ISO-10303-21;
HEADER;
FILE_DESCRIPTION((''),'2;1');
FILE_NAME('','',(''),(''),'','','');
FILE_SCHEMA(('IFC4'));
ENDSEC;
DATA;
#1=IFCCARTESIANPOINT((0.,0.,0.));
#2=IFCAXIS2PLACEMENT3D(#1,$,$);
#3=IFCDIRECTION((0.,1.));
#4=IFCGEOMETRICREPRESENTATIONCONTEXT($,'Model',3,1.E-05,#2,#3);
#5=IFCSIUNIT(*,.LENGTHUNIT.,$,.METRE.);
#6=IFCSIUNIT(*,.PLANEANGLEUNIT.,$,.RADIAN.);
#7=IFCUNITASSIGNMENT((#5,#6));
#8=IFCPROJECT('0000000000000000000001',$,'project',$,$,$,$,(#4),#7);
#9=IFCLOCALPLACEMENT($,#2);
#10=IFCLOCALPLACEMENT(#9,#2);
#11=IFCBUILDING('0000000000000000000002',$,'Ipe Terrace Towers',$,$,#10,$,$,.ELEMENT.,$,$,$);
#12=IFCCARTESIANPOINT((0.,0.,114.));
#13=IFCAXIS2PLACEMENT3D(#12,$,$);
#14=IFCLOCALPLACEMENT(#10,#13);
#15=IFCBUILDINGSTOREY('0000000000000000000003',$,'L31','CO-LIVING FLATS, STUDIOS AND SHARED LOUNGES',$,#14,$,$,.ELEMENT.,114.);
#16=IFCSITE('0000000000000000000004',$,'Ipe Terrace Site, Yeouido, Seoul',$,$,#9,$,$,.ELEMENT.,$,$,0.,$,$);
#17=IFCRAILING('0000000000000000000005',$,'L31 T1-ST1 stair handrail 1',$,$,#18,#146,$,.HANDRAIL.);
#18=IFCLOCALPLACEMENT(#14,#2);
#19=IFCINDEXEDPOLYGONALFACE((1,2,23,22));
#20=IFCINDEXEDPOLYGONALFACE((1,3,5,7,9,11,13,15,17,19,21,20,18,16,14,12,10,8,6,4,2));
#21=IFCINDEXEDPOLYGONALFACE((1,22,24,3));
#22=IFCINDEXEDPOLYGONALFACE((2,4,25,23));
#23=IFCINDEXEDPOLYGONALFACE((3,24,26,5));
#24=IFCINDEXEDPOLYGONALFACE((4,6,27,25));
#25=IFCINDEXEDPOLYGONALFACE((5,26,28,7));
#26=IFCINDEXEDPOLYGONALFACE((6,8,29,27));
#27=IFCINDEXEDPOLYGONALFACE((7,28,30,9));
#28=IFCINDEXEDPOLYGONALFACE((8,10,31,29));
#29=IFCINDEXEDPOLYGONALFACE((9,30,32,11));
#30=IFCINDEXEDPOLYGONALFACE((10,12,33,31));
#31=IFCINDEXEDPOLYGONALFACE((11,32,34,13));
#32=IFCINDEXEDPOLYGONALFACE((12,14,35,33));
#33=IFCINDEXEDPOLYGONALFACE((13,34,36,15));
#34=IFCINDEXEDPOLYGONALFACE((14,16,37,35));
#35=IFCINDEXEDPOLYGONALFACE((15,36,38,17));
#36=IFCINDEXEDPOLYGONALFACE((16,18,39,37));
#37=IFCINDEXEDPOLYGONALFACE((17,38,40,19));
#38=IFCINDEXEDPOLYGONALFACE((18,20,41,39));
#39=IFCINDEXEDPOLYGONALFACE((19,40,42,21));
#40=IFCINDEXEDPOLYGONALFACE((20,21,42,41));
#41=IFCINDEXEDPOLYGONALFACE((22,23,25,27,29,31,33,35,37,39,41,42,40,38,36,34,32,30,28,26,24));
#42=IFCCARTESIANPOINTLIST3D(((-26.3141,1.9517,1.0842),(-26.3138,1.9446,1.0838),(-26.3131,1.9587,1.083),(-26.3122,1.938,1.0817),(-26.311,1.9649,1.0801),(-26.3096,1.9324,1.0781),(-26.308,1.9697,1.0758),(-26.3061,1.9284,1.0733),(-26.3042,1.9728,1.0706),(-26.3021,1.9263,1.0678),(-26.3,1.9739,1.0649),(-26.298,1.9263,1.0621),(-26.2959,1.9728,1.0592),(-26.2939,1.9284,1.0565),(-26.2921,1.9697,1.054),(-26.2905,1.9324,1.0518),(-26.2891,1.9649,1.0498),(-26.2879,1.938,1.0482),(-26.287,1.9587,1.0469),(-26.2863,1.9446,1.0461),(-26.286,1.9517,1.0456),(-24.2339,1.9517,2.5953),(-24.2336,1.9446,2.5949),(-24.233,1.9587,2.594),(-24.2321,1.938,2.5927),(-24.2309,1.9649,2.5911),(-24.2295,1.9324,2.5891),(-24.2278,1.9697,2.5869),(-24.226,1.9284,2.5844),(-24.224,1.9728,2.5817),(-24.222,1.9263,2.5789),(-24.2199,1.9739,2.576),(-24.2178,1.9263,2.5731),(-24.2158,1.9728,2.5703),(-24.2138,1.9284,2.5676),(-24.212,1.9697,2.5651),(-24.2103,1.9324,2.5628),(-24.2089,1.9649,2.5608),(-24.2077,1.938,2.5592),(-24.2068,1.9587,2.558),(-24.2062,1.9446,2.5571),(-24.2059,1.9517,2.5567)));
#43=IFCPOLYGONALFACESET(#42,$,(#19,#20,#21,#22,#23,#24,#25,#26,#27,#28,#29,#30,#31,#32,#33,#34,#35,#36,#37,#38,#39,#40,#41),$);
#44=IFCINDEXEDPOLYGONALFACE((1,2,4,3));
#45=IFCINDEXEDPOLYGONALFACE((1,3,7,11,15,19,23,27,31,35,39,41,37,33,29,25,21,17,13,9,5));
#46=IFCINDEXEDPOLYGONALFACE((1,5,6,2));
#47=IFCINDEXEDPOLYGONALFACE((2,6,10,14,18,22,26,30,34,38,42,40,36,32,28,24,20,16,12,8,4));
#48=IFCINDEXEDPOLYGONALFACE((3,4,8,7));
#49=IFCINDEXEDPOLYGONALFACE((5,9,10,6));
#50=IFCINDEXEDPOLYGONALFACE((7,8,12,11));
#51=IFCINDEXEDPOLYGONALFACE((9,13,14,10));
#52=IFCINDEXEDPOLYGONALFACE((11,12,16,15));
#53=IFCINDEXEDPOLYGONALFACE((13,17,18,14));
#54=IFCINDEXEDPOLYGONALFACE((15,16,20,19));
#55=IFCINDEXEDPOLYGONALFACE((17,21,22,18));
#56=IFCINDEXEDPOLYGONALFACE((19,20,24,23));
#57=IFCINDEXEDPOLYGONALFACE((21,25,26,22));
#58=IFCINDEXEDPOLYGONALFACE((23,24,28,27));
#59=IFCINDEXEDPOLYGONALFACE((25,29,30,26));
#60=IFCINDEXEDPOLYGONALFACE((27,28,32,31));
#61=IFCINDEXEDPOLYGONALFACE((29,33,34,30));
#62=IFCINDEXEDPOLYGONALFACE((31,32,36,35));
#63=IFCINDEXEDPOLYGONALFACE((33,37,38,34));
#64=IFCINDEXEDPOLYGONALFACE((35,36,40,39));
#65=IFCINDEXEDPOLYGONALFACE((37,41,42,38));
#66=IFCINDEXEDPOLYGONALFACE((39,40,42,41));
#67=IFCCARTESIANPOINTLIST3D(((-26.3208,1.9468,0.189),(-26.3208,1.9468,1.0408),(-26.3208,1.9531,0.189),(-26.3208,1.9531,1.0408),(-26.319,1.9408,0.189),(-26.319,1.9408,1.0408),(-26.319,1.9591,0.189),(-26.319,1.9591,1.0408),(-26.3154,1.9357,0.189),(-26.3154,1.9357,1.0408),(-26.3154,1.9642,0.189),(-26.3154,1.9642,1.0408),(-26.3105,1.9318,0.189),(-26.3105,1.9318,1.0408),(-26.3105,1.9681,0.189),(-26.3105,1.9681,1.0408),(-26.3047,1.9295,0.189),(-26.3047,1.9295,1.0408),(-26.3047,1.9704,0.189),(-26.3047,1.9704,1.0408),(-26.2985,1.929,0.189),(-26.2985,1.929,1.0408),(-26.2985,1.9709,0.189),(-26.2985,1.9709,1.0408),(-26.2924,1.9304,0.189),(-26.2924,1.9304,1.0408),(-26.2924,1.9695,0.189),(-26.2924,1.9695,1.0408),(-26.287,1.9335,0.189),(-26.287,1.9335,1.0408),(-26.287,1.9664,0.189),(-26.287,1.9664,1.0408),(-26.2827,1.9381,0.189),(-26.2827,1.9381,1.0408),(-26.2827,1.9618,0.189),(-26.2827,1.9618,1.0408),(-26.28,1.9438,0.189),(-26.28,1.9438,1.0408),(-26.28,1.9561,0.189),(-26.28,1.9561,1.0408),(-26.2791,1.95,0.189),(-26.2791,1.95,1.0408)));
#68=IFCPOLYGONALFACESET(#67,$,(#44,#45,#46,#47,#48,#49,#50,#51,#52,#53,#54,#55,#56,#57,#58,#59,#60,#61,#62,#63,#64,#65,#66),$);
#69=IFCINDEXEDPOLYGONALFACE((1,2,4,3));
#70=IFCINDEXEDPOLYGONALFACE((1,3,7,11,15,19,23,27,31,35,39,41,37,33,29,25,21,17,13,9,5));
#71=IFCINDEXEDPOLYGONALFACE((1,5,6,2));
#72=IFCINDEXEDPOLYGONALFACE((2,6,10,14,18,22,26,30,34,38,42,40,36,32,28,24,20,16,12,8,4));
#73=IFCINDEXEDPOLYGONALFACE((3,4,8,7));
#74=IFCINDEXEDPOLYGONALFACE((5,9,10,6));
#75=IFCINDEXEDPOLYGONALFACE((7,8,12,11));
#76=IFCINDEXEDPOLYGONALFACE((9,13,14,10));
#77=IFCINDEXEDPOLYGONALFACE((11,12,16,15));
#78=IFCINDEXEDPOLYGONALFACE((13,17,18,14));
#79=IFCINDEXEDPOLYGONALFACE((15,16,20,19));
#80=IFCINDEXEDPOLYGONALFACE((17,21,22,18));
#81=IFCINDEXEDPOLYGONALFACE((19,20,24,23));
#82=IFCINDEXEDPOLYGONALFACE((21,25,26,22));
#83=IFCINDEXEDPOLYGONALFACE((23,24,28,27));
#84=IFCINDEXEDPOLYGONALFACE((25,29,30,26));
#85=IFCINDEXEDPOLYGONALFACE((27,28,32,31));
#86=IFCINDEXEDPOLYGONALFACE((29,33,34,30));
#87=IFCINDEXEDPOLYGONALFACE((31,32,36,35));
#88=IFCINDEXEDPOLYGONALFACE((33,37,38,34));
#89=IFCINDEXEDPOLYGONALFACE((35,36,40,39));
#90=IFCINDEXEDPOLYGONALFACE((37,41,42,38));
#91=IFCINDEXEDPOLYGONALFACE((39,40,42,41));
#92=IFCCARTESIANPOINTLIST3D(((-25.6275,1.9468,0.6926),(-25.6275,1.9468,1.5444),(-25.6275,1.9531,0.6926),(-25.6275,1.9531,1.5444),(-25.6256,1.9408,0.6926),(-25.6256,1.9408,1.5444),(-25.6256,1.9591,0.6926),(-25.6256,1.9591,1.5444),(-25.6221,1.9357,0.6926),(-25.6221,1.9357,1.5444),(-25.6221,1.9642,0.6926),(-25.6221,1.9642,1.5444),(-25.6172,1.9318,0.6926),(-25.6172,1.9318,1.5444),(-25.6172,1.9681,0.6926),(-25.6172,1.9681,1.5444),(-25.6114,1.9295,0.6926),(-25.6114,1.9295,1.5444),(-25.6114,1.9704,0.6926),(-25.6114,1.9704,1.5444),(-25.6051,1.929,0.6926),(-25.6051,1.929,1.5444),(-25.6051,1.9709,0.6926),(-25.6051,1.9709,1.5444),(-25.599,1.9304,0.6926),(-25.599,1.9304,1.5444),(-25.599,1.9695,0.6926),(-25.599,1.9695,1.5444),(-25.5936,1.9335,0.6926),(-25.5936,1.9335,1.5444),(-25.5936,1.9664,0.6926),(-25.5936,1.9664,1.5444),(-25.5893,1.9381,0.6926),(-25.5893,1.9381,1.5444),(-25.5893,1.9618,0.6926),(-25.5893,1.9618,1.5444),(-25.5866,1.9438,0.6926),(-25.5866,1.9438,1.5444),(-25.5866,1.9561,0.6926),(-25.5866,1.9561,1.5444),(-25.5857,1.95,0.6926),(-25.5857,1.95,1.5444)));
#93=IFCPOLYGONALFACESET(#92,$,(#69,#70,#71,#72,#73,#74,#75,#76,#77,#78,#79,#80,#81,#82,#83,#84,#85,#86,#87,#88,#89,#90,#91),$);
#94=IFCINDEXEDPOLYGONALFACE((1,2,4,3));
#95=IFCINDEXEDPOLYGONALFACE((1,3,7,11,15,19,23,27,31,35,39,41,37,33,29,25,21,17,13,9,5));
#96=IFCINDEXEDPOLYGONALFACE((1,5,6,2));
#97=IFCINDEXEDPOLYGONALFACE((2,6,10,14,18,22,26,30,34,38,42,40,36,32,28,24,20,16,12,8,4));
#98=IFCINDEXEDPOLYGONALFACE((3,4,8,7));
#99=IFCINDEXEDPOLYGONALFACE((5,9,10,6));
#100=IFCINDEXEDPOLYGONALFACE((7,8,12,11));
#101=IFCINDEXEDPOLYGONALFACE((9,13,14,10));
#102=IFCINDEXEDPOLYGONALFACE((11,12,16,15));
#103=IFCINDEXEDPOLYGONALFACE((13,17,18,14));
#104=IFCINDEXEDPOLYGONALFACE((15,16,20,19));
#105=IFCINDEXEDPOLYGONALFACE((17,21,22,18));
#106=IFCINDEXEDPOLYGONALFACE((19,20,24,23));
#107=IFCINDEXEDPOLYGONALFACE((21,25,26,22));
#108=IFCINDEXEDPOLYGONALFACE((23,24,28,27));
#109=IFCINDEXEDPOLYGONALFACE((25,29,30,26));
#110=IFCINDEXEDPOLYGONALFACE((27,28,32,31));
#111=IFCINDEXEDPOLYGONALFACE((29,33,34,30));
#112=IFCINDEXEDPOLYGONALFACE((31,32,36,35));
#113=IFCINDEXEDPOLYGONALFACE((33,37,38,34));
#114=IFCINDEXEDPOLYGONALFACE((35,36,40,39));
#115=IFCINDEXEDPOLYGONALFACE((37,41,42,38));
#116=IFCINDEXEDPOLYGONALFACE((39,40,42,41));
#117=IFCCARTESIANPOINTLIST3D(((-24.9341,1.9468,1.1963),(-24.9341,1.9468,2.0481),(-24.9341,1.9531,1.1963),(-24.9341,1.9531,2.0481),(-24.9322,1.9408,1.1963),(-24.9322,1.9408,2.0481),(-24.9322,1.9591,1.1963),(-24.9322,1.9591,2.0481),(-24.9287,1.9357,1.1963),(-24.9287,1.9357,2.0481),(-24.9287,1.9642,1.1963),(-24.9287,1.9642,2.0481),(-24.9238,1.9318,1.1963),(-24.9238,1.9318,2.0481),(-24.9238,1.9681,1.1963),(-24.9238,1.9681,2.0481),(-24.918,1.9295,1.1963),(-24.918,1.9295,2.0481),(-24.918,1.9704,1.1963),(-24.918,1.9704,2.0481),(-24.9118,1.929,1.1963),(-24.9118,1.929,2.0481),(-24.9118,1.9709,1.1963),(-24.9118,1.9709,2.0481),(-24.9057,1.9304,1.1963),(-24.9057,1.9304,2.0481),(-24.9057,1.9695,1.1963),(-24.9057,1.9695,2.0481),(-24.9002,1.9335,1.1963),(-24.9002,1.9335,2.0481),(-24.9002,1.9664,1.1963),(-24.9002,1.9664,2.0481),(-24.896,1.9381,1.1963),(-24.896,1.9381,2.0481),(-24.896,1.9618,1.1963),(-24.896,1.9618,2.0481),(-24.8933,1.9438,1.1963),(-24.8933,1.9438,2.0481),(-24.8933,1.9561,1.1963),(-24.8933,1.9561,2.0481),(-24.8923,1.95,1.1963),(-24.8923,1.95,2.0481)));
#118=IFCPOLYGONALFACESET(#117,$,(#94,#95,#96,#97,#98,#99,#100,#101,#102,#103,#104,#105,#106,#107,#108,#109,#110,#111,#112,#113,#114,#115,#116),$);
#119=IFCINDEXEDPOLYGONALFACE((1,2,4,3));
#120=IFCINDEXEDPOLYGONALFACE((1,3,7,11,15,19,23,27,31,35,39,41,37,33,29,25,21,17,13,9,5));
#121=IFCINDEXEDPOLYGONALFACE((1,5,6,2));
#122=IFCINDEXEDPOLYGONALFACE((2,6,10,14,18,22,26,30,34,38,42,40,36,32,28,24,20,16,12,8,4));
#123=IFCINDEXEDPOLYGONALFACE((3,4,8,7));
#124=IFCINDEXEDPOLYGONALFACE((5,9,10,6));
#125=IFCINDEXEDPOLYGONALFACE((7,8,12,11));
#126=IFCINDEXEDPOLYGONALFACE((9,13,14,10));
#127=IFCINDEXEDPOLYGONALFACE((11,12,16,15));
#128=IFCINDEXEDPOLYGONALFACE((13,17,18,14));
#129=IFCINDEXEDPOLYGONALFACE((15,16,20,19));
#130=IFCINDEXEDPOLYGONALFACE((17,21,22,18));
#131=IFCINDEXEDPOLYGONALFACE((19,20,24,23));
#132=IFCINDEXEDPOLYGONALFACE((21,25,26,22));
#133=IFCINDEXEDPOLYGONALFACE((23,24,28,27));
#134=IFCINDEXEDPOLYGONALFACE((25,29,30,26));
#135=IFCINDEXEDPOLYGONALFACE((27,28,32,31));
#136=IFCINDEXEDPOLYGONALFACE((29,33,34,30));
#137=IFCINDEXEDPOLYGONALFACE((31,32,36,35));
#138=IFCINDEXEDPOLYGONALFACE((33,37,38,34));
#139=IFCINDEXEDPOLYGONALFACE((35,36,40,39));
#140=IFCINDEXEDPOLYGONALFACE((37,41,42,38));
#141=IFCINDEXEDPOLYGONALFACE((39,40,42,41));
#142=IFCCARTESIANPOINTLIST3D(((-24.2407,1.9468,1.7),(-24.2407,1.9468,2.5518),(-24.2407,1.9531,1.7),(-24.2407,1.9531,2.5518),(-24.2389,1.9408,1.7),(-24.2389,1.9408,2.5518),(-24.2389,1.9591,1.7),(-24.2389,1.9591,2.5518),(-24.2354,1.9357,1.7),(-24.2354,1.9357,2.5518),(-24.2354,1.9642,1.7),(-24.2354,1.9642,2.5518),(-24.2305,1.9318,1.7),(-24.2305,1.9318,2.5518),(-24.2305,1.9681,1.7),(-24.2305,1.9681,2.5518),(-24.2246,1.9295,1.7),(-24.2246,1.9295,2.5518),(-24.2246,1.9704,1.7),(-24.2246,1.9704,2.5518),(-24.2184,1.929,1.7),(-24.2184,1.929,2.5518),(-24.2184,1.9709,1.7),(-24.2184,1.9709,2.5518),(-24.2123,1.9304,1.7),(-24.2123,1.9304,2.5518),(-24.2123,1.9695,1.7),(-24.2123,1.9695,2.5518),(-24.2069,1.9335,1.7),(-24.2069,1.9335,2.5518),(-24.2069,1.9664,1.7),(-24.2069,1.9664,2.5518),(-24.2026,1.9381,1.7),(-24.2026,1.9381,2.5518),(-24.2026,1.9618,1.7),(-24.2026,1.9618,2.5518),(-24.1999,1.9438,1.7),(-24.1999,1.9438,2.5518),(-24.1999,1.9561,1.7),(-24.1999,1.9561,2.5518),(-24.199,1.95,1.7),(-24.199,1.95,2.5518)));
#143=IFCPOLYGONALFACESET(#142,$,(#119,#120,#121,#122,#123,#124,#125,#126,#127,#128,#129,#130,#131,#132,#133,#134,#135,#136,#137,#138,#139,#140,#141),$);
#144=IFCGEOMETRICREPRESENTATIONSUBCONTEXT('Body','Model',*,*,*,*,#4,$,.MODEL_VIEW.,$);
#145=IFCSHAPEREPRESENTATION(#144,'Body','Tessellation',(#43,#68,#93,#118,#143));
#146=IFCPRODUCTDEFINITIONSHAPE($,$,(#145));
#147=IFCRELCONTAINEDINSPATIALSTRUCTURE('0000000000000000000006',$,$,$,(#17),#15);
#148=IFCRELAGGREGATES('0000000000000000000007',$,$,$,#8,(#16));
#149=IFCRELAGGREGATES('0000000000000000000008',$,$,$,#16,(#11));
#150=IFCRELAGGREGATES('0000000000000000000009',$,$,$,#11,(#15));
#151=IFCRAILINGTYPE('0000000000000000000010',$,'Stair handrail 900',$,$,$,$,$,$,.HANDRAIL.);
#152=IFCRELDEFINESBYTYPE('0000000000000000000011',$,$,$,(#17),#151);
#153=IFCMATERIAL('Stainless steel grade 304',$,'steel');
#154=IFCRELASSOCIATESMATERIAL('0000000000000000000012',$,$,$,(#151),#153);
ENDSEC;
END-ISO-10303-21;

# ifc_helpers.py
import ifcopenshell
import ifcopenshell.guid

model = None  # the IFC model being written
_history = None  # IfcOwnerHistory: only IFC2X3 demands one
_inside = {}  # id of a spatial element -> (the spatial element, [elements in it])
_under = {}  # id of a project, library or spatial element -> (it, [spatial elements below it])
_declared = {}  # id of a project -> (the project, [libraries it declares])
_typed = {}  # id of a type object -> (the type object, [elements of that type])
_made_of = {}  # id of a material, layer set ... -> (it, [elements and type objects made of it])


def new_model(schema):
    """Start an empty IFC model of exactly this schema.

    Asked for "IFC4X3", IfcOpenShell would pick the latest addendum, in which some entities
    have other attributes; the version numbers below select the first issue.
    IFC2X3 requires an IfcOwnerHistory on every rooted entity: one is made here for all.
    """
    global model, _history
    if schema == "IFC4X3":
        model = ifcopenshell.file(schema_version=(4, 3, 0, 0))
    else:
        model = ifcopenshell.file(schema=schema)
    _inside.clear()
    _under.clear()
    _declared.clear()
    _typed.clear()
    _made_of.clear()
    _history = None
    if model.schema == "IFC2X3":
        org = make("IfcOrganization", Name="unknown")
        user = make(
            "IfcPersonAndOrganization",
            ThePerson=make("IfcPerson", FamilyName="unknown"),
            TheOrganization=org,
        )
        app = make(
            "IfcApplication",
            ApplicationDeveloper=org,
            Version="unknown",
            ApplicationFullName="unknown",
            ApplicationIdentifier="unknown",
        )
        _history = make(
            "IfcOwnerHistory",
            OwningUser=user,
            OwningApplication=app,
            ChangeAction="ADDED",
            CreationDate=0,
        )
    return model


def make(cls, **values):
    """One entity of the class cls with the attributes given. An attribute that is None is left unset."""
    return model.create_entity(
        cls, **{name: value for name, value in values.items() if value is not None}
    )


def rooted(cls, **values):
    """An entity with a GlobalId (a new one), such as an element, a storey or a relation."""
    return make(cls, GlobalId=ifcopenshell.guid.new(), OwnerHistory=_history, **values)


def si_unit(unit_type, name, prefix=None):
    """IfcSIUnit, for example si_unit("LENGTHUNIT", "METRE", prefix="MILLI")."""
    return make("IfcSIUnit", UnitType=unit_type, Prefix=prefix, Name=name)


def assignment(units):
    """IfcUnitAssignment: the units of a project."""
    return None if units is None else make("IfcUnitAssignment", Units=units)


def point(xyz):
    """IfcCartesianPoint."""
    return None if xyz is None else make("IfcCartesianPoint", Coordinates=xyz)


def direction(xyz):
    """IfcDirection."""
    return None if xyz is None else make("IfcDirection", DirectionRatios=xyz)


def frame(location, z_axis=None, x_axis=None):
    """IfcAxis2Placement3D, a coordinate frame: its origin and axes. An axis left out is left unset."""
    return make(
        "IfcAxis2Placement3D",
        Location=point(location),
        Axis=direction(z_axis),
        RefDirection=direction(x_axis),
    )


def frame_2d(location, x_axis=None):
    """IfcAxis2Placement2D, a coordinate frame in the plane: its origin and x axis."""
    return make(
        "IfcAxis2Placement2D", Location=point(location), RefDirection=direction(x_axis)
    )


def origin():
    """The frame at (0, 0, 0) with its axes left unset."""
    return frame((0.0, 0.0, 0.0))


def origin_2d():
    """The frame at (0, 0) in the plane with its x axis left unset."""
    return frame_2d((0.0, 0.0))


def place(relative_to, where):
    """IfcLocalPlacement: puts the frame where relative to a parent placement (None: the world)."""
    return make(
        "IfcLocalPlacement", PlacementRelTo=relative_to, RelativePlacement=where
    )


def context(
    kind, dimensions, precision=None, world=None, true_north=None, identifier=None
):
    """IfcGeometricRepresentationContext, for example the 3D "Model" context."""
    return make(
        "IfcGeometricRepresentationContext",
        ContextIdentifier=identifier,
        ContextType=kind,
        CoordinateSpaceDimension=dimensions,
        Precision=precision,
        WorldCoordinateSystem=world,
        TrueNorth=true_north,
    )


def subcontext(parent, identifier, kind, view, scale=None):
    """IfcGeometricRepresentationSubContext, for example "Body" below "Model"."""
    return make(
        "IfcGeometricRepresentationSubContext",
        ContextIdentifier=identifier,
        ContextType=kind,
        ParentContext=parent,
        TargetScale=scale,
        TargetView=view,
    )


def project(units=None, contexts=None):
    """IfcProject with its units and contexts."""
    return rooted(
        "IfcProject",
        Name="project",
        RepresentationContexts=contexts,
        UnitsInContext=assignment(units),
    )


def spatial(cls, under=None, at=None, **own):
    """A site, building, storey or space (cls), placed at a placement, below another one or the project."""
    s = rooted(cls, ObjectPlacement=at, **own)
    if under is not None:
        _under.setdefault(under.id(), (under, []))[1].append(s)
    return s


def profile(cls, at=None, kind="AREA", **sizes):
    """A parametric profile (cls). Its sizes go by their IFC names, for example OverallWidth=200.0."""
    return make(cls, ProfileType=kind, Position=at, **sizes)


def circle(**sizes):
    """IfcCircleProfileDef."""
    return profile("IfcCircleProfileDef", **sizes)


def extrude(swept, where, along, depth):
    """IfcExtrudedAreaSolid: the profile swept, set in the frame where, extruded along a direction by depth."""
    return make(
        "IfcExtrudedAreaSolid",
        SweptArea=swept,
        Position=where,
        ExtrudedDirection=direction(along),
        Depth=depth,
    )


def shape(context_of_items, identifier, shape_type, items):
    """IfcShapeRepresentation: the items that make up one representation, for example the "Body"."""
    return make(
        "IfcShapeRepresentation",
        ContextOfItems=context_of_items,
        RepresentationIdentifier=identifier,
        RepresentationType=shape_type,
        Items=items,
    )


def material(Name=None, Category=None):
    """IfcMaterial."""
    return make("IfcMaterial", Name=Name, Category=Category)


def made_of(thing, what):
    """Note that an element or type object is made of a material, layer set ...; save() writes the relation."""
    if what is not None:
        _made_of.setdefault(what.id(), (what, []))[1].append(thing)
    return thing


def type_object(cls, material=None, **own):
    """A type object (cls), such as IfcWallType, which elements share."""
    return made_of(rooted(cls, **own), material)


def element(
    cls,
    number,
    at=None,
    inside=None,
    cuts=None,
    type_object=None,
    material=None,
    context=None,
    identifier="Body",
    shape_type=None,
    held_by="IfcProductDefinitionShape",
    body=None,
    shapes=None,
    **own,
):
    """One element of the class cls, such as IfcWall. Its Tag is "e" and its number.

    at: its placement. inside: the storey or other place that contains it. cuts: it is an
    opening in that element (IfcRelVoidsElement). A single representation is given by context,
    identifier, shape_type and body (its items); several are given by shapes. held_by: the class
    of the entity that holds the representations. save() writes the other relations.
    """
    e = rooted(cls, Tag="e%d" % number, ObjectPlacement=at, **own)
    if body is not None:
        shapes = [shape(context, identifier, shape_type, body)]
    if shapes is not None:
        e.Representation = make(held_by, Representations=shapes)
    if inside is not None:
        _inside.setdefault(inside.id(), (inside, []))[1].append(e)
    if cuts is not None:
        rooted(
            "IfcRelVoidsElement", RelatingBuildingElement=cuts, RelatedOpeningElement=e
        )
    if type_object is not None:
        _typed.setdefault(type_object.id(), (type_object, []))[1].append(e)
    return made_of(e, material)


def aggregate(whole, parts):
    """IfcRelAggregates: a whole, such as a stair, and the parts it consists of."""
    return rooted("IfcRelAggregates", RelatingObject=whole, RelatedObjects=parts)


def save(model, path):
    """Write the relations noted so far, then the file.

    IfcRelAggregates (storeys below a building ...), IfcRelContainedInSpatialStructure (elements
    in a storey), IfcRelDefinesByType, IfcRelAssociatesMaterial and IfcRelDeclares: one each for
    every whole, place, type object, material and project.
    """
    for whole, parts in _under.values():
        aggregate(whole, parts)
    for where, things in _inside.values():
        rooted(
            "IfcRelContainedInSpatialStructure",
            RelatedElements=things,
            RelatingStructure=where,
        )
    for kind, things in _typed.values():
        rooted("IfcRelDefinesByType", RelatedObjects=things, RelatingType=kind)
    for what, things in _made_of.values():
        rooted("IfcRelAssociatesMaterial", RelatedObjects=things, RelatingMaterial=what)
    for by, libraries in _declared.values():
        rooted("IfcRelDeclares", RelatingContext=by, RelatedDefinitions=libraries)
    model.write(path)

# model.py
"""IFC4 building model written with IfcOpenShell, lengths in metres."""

from ifc_helpers import new_model, si_unit, direction, frame, origin, origin_2d, place, context, subcontext, project, spatial, circle, extrude, material, type_object, element, save


model = new_model("IFC4")

# Units and contexts
model_context = context("Model", 3, precision=1e-05, world=origin(), true_north=direction((0.0, 1.0)))
body_context = subcontext(model_context, "Body", "Model", "MODEL_VIEW")
ifc_project = project(units=[si_unit("LENGTHUNIT", "METRE"), si_unit("PLANEANGLEUNIT", "RADIAN")], contexts=[model_context])

# Site, building, storey
site_placement = place(None, origin())
site = spatial("IfcSite", under=ifc_project, at=site_placement, Name="Ipe Terrace Site, Yeouido, Seoul", CompositionType="ELEMENT", RefElevation=0.0)
building_placement = place(site_placement, origin())
building = spatial("IfcBuilding", under=site, at=building_placement, Name="Ipe Terrace Towers", CompositionType="ELEMENT")
storey_placement = place(building_placement, frame((0.0, 0.0, 114.0)))
storey = spatial("IfcBuildingStorey", under=building, at=storey_placement, Name="L31", Description="CO-LIVING FLATS, STUDIOS AND SHARED LOUNGES", CompositionType="ELEMENT", Elevation=114.0)

# Railing
ifc_material_1 = material(Name="Stainless steel grade 304", Category="steel")
railing_type_1 = type_object("IfcRailingType", Name="Stair handrail 900", PredefinedType="HANDRAIL", material=ifc_material_1)
railing_1_placement = place(storey_placement, frame((-26.3, 1.95, 0.189)))
element("IfcRailing", 1, at=railing_1_placement, inside=storey, type_object=railing_type_1, Name="L31 T1-ST1 stair handrail 1", PredefinedType="HANDRAIL", context=body_context, shape_type="SweptSolid", body=[
    extrude(circle(Radius=0.0239, at=origin_2d()), frame((0.0, 0.0, 0.876), z_axis=(0.809069, 0.0, 0.587714), x_axis=(0.0, 1.0, 0.0)), (0.0, 0.0, 1.0), 2.571),
    extrude(circle(Radius=0.021, at=origin_2d()), origin(), (0.0, 0.0, 1.0), 0.8518),
    extrude(circle(Radius=0.021, at=origin_2d()), frame((0.6934, 0.0, 0.5037)), (0.0, 0.0, 1.0), 0.8518),
    extrude(circle(Radius=0.021, at=origin_2d()), frame((1.3867, 0.0, 1.0073)), (0.0, 0.0, 1.0), 0.8518),
    extrude(circle(Radius=0.021, at=origin_2d()), frame((2.0801, 0.0, 1.511)), (0.0, 0.0, 1.0), 0.8518),
])

save(model, "model.ifc")
